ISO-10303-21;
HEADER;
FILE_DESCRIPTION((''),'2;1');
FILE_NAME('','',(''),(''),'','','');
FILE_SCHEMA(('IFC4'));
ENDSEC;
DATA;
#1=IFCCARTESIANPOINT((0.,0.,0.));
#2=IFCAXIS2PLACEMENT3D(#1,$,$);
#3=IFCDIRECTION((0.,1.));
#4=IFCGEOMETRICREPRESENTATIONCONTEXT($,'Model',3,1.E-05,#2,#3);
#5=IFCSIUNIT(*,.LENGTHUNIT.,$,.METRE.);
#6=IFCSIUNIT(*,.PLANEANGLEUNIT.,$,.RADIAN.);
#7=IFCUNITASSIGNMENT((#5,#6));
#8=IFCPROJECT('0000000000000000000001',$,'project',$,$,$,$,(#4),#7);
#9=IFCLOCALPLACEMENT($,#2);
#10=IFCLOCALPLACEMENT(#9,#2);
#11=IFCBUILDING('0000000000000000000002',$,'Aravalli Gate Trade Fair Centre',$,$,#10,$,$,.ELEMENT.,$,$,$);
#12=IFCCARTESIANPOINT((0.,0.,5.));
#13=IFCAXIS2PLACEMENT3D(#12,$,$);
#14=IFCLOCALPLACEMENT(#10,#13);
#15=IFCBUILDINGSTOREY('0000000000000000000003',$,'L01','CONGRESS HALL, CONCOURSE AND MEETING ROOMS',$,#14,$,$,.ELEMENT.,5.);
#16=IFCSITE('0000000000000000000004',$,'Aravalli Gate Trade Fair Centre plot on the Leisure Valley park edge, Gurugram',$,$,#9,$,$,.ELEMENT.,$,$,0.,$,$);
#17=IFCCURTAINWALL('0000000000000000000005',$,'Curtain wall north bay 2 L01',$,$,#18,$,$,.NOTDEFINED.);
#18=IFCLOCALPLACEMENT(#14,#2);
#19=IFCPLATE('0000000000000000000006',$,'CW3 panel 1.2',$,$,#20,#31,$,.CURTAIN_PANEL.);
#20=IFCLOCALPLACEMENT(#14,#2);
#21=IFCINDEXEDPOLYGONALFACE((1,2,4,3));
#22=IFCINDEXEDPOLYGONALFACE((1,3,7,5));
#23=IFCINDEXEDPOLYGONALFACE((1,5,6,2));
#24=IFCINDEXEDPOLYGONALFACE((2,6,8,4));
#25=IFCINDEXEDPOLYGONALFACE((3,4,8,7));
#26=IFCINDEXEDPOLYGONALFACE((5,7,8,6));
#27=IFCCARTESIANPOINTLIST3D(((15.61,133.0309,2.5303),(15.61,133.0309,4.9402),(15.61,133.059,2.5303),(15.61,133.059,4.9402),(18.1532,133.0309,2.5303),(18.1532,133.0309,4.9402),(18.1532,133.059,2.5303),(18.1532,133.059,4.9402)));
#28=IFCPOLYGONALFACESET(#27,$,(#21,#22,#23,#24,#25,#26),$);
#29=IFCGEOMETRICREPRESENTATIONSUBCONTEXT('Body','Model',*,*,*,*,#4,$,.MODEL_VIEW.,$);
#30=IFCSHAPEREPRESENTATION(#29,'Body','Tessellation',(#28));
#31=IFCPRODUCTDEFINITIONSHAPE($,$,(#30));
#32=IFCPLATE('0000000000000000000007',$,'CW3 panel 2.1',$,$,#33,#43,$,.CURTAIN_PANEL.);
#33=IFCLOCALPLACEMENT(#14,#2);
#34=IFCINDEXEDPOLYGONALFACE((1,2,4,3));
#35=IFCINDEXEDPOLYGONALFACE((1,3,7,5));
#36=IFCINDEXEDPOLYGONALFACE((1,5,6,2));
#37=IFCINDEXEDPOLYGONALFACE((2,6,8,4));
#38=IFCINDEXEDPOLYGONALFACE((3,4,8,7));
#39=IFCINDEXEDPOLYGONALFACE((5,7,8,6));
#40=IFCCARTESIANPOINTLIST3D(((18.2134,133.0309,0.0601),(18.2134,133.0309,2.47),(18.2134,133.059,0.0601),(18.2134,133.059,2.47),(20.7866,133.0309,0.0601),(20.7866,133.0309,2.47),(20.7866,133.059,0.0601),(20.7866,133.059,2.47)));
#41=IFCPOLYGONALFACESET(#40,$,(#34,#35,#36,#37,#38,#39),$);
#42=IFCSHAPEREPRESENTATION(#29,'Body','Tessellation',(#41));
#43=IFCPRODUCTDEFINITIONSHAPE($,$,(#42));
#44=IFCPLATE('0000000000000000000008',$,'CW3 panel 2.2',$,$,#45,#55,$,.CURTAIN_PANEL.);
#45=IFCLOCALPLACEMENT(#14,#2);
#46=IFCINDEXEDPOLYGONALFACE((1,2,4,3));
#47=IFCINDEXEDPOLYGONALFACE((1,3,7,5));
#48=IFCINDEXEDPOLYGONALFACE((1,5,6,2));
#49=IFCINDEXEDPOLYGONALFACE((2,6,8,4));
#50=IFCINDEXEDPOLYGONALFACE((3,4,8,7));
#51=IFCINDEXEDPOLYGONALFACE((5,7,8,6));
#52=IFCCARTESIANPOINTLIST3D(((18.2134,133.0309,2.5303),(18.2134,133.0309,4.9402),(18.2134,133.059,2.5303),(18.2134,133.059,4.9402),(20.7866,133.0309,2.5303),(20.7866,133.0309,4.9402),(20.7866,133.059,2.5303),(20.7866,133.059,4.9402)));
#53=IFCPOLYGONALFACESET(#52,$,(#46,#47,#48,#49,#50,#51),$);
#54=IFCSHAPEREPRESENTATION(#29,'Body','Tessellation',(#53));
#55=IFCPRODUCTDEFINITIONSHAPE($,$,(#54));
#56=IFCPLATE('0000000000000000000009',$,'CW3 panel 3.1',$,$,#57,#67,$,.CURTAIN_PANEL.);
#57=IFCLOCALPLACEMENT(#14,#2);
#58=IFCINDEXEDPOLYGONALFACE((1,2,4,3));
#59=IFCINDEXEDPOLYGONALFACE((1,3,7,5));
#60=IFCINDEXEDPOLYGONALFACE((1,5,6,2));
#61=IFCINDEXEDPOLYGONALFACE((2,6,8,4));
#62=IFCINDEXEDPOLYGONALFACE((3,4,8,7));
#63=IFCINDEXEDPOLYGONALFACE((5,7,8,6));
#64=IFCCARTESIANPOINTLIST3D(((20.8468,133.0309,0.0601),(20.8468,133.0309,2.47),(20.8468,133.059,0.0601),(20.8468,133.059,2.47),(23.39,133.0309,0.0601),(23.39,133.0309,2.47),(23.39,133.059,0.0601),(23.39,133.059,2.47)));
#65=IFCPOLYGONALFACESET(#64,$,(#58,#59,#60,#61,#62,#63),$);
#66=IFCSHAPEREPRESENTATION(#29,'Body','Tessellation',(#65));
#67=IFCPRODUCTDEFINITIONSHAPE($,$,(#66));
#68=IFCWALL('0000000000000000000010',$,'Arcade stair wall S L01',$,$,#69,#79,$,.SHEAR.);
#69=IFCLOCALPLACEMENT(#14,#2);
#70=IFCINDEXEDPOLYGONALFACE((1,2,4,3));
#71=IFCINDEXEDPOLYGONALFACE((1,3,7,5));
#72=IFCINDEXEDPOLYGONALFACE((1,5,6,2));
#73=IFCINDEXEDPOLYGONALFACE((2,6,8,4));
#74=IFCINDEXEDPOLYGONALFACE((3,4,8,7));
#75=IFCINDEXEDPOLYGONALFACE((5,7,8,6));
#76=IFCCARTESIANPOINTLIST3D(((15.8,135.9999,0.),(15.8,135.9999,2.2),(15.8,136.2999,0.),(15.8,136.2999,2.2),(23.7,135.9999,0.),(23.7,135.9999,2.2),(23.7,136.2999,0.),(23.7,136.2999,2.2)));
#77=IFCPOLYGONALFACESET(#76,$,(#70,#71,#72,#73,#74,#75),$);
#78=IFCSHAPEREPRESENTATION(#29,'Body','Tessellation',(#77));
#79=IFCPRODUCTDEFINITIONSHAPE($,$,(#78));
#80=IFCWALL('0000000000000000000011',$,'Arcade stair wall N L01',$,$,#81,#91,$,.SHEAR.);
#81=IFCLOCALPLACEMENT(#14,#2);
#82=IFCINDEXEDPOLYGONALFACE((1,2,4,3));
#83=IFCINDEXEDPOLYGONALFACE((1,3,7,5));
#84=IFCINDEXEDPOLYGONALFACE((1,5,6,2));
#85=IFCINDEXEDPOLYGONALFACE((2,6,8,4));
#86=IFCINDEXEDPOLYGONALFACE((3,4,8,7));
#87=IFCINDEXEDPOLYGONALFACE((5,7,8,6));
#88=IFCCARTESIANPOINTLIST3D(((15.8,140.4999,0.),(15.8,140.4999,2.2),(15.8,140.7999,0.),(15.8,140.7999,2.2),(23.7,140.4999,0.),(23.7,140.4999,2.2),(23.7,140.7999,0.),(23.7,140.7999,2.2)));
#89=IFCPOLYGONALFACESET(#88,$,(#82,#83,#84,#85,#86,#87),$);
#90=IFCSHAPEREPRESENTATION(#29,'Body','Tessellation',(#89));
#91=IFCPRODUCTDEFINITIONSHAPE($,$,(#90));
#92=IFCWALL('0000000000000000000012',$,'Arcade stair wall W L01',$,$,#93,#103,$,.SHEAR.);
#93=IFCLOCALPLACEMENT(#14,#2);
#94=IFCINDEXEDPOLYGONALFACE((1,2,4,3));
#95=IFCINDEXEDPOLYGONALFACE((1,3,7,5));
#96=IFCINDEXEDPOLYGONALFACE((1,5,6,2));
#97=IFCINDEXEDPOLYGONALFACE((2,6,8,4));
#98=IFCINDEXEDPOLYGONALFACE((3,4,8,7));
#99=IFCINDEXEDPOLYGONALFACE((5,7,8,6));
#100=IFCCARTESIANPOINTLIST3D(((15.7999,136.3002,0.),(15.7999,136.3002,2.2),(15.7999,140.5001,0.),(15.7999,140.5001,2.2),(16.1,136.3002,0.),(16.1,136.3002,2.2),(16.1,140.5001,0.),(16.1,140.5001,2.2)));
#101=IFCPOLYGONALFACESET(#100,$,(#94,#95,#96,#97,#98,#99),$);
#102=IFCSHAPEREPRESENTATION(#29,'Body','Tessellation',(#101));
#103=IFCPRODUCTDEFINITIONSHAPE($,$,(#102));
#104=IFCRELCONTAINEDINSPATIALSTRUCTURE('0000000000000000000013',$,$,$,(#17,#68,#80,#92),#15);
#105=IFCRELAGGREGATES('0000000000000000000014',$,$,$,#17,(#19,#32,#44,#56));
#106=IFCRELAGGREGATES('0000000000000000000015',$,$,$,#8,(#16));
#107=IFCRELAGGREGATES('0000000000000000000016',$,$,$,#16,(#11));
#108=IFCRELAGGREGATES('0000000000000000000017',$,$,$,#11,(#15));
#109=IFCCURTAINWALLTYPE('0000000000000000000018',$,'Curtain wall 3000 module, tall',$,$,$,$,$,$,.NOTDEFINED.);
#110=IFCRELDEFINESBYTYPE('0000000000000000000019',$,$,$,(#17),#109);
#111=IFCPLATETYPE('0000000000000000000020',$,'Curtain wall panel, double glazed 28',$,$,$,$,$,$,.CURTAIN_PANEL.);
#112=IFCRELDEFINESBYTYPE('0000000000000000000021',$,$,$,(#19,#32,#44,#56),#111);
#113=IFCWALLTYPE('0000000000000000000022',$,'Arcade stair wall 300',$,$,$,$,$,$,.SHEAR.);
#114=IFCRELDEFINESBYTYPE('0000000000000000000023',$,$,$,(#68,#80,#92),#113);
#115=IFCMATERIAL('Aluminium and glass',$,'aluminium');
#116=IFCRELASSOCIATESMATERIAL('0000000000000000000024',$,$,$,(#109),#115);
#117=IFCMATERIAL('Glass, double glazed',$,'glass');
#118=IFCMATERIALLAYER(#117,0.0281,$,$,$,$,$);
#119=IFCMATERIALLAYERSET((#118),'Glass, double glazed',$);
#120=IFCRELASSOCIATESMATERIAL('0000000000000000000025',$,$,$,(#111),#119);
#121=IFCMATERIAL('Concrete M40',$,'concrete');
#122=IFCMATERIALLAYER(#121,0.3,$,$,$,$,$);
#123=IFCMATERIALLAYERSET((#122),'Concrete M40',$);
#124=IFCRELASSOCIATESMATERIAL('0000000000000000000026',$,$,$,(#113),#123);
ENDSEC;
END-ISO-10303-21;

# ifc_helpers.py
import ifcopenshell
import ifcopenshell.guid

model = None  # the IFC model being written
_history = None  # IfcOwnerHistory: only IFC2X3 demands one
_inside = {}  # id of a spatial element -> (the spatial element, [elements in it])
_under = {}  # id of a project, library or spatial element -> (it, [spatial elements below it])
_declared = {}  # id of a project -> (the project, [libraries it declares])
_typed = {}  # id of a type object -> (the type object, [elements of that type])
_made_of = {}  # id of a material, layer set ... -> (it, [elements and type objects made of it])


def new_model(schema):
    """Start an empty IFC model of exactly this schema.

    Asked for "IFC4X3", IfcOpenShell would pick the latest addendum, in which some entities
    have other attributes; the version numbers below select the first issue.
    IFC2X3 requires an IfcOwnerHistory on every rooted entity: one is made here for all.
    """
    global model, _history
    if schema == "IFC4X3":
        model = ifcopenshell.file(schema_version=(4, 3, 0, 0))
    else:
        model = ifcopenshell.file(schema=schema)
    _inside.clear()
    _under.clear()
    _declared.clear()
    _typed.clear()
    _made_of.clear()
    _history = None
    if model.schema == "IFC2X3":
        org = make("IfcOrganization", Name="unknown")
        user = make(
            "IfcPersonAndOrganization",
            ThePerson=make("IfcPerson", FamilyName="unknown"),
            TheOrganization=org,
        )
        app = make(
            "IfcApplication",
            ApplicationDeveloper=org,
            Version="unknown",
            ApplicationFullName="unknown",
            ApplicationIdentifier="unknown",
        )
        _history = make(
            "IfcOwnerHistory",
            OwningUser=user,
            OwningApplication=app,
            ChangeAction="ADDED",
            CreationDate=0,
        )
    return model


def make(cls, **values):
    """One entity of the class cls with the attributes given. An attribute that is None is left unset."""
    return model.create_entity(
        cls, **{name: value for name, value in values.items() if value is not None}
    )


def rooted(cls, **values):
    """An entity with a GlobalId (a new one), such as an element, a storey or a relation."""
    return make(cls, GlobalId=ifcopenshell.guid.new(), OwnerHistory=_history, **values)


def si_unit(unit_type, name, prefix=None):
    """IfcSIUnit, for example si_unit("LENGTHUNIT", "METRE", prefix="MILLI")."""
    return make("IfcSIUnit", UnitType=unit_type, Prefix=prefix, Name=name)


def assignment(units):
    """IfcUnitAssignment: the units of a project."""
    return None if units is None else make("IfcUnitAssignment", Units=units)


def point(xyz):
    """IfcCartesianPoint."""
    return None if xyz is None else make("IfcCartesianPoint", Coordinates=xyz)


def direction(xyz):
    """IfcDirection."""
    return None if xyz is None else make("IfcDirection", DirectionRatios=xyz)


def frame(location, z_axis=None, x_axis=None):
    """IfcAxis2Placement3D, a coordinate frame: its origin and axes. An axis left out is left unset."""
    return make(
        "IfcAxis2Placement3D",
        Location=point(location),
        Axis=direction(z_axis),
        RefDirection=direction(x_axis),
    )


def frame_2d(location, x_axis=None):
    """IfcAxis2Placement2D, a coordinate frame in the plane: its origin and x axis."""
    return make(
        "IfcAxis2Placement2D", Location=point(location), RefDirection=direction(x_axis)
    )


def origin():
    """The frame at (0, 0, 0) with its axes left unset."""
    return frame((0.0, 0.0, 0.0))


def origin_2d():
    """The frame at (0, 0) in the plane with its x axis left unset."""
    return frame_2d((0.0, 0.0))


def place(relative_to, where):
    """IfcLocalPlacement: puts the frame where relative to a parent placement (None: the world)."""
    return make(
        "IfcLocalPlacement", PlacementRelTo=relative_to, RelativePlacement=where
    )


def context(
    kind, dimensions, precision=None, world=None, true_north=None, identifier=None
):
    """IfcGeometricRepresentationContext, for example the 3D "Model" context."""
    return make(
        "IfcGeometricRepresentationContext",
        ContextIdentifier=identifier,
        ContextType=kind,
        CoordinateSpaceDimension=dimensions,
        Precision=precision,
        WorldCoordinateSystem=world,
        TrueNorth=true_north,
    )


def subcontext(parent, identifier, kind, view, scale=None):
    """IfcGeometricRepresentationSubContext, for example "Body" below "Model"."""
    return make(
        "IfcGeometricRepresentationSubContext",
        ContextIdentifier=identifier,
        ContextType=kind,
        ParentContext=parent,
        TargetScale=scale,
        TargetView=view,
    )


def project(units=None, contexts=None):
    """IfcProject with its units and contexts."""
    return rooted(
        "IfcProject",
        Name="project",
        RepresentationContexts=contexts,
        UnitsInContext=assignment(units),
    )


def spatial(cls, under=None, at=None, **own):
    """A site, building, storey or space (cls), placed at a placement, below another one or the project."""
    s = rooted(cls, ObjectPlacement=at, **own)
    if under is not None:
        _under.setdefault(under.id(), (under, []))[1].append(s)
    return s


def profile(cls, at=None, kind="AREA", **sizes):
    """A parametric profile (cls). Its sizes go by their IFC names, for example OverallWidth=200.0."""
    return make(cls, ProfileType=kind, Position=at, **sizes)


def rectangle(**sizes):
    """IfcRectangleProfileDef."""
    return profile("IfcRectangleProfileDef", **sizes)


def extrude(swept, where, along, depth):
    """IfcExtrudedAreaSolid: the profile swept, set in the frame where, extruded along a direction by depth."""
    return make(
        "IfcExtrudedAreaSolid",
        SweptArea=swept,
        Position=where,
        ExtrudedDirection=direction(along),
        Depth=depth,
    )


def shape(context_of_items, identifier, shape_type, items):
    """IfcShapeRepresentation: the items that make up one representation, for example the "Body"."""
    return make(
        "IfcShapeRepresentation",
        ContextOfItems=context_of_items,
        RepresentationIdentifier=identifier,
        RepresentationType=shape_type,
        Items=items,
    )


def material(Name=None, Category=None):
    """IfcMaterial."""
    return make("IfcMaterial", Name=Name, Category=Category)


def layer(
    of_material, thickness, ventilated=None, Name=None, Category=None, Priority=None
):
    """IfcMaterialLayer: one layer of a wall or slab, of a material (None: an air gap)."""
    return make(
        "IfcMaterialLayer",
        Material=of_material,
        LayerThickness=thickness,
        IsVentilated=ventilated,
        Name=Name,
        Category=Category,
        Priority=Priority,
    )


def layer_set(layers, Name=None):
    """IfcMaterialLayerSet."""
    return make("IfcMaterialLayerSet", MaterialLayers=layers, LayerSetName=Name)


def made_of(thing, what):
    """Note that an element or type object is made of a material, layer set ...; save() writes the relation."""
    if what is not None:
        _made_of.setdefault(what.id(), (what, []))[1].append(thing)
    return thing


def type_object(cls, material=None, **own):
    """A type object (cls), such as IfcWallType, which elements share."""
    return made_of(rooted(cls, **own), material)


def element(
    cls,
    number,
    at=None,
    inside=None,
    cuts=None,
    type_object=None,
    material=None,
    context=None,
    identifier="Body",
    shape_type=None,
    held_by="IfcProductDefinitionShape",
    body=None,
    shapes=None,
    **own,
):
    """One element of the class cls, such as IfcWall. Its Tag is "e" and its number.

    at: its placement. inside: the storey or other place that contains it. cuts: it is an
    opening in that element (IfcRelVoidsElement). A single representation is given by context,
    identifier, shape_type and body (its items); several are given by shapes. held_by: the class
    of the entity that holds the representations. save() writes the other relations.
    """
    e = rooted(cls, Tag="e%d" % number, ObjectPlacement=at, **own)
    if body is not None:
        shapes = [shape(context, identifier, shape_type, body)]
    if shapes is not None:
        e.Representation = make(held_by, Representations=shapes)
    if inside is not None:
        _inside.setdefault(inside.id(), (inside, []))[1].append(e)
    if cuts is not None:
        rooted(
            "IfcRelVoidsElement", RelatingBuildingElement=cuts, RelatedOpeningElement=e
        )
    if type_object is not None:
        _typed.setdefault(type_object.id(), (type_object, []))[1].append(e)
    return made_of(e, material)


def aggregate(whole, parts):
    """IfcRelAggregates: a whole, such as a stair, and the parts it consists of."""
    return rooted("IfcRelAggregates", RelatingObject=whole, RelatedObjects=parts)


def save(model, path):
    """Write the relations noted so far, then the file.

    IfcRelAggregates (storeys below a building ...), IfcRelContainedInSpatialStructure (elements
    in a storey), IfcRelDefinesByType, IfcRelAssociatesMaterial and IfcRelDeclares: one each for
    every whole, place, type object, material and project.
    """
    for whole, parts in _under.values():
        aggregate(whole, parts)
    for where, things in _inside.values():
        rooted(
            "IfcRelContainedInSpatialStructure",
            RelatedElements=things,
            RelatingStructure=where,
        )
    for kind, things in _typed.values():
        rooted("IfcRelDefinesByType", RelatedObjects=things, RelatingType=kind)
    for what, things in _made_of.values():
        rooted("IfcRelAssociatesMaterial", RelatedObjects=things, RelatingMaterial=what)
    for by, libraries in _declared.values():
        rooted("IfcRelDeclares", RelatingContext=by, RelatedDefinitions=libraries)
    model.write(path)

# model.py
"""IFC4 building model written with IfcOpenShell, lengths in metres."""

from ifc_helpers import new_model, si_unit, direction, frame, frame_2d, origin, origin_2d, place, context, subcontext, project, spatial, rectangle, extrude, material, layer, layer_set, type_object, element, aggregate, save


model = new_model("IFC4")

# Units and contexts
model_context = context("Model", 3, precision=1e-05, world=origin(), true_north=direction((0.0, 1.0)))
body_context = subcontext(model_context, "Body", "Model", "MODEL_VIEW")
ifc_project = project(units=[si_unit("LENGTHUNIT", "METRE"), si_unit("PLANEANGLEUNIT", "RADIAN")], contexts=[model_context])

# Site, building, storey
site_placement = place(None, origin())
site = spatial("IfcSite", under=ifc_project, at=site_placement, Name="Aravalli Gate Trade Fair Centre plot on the Leisure Valley park edge, Gurugram", CompositionType="ELEMENT", RefElevation=0.0)
building_placement = place(site_placement, origin())
building = spatial("IfcBuilding", under=site, at=building_placement, Name="Aravalli Gate Trade Fair Centre", CompositionType="ELEMENT")
storey_placement = place(building_placement, frame((0.0, 0.0, 5.0)))
storey = spatial("IfcBuildingStorey", under=building, at=storey_placement, Name="L01", Description="CONGRESS HALL, CONCOURSE AND MEETING ROOMS", CompositionType="ELEMENT", Elevation=5.0)

# Curtain wall
ifc_material_1 = material(Name="Aluminium and glass", Category="aluminium")
curtain_wall_type = type_object("IfcCurtainWallType", Name="Curtain wall 3000 module, tall", PredefinedType="NOTDEFINED", material=ifc_material_1)
curtain_wall_1_placement = place(storey_placement, origin())
curtain_wall_1 = element("IfcCurtainWall", 1, at=curtain_wall_1_placement, inside=storey, type_object=curtain_wall_type, Name="Curtain wall north bay 2 L01", PredefinedType="NOTDEFINED")

# Plates
ifc_material_2 = material(Name="Glass, double glazed", Category="glass")
ifc_layer_1 = layer(ifc_material_2, 0.0281)
ifc_layer_set_1 = layer_set([ifc_layer_1], Name="Glass, double glazed")
plate_type = type_object("IfcPlateType", Name="Curtain wall panel, double glazed 28", PredefinedType="CURTAIN_PANEL", material=ifc_layer_set_1)
plate_1_placement = place(storey_placement, frame((16.8816, 133.0449, 2.5303), z_axis=(0.0, 0.0, 1.0), x_axis=(1.0, 0.0, 0.0)))
plate_1 = element("IfcPlate", 2, at=plate_1_placement, type_object=plate_type, Name="CW3 panel 1.2", PredefinedType="CURTAIN_PANEL", context=body_context, shape_type="SweptSolid", body=[
    extrude(rectangle(XDim=2.5432, YDim=0.0281, at=origin_2d()), origin(), (0.0, 0.0, 1.0), 2.4099),
])
plate_2_placement = place(storey_placement, frame((19.5, 133.0449, 0.0601), z_axis=(0.0, 0.0, 1.0), x_axis=(1.0, 0.0, 0.0)))
plate_2 = element("IfcPlate", 3, at=plate_2_placement, type_object=plate_type, Name="CW3 panel 2.1", PredefinedType="CURTAIN_PANEL", context=body_context, shape_type="SweptSolid", body=[
    extrude(rectangle(XDim=2.5732, YDim=0.0281, at=origin_2d()), origin(), (0.0, 0.0, 1.0), 2.4099),
])
plate_3_placement = place(storey_placement, frame((19.5, 133.0449, 2.5303), z_axis=(0.0, 0.0, 1.0), x_axis=(1.0, 0.0, 0.0)))
plate_3 = element("IfcPlate", 4, at=plate_3_placement, type_object=plate_type, Name="CW3 panel 2.2", PredefinedType="CURTAIN_PANEL", context=body_context, shape_type="SweptSolid", body=[
    extrude(rectangle(XDim=2.5732, YDim=0.0281, at=origin_2d()), origin(), (0.0, 0.0, 1.0), 2.4099),
])
plate_4_placement = place(storey_placement, frame((22.1184, 133.0449, 0.0601), z_axis=(0.0, 0.0, 1.0), x_axis=(1.0, 0.0, 0.0)))
plate_4 = element("IfcPlate", 5, at=plate_4_placement, type_object=plate_type, Name="CW3 panel 3.1", PredefinedType="CURTAIN_PANEL", context=body_context, shape_type="SweptSolid", body=[
    extrude(rectangle(XDim=2.5432, YDim=0.0281, at=origin_2d()), origin(), (0.0, 0.0, 1.0), 2.4099),
])
aggregate(curtain_wall_1, [plate_1, plate_2, plate_3, plate_4])

# Walls
ifc_material_3 = material(Name="Concrete M40", Category="concrete")
ifc_layer_2 = layer(ifc_material_3, 0.3)
ifc_layer_set_2 = layer_set([ifc_layer_2], Name="Concrete M40")
wall_type = type_object("IfcWallType", Name="Arcade stair wall 300", PredefinedType="SHEAR", material=ifc_layer_set_2)
for number, where, z_axis, x_axis, name in (
    (6, (15.8, 136.1499, 0.0), (0.0, 0.0, 1.0), (1.0, 0.0, 0.0), "Arcade stair wall S L01"),
    (7, (15.8, 140.6499, 0.0), (0.0, 0.0, 1.0), (1.0, 0.0, 0.0), "Arcade stair wall N L01"),
):
    element("IfcWall", number, at=place(storey_placement, frame(where, z_axis=z_axis, x_axis=x_axis)), inside=storey, type_object=wall_type, Name=name, PredefinedType="SHEAR", context=body_context, shape_type="SweptSolid", body=[
        extrude(rectangle(XDim=7.8999, YDim=0.3, at=frame_2d((3.95, 0.0))), origin(), (0.0, 0.0, 1.0), 2.2),
    ])
wall_placement = place(storey_placement, frame((15.95, 136.3, 0.0), z_axis=(0.0, 0.0, 1.0), x_axis=(0.0, 1.0, 0.0)))
element("IfcWall", 8, at=wall_placement, inside=storey, type_object=wall_type, Name="Arcade stair wall W L01", PredefinedType="SHEAR", context=body_context, shape_type="SweptSolid", body=[
    extrude(rectangle(XDim=4.2, YDim=0.3, at=frame_2d((2.1001, 0.0))), origin(), (0.0, 0.0, 1.0), 2.2),
])

save(model, "model.ifc")
